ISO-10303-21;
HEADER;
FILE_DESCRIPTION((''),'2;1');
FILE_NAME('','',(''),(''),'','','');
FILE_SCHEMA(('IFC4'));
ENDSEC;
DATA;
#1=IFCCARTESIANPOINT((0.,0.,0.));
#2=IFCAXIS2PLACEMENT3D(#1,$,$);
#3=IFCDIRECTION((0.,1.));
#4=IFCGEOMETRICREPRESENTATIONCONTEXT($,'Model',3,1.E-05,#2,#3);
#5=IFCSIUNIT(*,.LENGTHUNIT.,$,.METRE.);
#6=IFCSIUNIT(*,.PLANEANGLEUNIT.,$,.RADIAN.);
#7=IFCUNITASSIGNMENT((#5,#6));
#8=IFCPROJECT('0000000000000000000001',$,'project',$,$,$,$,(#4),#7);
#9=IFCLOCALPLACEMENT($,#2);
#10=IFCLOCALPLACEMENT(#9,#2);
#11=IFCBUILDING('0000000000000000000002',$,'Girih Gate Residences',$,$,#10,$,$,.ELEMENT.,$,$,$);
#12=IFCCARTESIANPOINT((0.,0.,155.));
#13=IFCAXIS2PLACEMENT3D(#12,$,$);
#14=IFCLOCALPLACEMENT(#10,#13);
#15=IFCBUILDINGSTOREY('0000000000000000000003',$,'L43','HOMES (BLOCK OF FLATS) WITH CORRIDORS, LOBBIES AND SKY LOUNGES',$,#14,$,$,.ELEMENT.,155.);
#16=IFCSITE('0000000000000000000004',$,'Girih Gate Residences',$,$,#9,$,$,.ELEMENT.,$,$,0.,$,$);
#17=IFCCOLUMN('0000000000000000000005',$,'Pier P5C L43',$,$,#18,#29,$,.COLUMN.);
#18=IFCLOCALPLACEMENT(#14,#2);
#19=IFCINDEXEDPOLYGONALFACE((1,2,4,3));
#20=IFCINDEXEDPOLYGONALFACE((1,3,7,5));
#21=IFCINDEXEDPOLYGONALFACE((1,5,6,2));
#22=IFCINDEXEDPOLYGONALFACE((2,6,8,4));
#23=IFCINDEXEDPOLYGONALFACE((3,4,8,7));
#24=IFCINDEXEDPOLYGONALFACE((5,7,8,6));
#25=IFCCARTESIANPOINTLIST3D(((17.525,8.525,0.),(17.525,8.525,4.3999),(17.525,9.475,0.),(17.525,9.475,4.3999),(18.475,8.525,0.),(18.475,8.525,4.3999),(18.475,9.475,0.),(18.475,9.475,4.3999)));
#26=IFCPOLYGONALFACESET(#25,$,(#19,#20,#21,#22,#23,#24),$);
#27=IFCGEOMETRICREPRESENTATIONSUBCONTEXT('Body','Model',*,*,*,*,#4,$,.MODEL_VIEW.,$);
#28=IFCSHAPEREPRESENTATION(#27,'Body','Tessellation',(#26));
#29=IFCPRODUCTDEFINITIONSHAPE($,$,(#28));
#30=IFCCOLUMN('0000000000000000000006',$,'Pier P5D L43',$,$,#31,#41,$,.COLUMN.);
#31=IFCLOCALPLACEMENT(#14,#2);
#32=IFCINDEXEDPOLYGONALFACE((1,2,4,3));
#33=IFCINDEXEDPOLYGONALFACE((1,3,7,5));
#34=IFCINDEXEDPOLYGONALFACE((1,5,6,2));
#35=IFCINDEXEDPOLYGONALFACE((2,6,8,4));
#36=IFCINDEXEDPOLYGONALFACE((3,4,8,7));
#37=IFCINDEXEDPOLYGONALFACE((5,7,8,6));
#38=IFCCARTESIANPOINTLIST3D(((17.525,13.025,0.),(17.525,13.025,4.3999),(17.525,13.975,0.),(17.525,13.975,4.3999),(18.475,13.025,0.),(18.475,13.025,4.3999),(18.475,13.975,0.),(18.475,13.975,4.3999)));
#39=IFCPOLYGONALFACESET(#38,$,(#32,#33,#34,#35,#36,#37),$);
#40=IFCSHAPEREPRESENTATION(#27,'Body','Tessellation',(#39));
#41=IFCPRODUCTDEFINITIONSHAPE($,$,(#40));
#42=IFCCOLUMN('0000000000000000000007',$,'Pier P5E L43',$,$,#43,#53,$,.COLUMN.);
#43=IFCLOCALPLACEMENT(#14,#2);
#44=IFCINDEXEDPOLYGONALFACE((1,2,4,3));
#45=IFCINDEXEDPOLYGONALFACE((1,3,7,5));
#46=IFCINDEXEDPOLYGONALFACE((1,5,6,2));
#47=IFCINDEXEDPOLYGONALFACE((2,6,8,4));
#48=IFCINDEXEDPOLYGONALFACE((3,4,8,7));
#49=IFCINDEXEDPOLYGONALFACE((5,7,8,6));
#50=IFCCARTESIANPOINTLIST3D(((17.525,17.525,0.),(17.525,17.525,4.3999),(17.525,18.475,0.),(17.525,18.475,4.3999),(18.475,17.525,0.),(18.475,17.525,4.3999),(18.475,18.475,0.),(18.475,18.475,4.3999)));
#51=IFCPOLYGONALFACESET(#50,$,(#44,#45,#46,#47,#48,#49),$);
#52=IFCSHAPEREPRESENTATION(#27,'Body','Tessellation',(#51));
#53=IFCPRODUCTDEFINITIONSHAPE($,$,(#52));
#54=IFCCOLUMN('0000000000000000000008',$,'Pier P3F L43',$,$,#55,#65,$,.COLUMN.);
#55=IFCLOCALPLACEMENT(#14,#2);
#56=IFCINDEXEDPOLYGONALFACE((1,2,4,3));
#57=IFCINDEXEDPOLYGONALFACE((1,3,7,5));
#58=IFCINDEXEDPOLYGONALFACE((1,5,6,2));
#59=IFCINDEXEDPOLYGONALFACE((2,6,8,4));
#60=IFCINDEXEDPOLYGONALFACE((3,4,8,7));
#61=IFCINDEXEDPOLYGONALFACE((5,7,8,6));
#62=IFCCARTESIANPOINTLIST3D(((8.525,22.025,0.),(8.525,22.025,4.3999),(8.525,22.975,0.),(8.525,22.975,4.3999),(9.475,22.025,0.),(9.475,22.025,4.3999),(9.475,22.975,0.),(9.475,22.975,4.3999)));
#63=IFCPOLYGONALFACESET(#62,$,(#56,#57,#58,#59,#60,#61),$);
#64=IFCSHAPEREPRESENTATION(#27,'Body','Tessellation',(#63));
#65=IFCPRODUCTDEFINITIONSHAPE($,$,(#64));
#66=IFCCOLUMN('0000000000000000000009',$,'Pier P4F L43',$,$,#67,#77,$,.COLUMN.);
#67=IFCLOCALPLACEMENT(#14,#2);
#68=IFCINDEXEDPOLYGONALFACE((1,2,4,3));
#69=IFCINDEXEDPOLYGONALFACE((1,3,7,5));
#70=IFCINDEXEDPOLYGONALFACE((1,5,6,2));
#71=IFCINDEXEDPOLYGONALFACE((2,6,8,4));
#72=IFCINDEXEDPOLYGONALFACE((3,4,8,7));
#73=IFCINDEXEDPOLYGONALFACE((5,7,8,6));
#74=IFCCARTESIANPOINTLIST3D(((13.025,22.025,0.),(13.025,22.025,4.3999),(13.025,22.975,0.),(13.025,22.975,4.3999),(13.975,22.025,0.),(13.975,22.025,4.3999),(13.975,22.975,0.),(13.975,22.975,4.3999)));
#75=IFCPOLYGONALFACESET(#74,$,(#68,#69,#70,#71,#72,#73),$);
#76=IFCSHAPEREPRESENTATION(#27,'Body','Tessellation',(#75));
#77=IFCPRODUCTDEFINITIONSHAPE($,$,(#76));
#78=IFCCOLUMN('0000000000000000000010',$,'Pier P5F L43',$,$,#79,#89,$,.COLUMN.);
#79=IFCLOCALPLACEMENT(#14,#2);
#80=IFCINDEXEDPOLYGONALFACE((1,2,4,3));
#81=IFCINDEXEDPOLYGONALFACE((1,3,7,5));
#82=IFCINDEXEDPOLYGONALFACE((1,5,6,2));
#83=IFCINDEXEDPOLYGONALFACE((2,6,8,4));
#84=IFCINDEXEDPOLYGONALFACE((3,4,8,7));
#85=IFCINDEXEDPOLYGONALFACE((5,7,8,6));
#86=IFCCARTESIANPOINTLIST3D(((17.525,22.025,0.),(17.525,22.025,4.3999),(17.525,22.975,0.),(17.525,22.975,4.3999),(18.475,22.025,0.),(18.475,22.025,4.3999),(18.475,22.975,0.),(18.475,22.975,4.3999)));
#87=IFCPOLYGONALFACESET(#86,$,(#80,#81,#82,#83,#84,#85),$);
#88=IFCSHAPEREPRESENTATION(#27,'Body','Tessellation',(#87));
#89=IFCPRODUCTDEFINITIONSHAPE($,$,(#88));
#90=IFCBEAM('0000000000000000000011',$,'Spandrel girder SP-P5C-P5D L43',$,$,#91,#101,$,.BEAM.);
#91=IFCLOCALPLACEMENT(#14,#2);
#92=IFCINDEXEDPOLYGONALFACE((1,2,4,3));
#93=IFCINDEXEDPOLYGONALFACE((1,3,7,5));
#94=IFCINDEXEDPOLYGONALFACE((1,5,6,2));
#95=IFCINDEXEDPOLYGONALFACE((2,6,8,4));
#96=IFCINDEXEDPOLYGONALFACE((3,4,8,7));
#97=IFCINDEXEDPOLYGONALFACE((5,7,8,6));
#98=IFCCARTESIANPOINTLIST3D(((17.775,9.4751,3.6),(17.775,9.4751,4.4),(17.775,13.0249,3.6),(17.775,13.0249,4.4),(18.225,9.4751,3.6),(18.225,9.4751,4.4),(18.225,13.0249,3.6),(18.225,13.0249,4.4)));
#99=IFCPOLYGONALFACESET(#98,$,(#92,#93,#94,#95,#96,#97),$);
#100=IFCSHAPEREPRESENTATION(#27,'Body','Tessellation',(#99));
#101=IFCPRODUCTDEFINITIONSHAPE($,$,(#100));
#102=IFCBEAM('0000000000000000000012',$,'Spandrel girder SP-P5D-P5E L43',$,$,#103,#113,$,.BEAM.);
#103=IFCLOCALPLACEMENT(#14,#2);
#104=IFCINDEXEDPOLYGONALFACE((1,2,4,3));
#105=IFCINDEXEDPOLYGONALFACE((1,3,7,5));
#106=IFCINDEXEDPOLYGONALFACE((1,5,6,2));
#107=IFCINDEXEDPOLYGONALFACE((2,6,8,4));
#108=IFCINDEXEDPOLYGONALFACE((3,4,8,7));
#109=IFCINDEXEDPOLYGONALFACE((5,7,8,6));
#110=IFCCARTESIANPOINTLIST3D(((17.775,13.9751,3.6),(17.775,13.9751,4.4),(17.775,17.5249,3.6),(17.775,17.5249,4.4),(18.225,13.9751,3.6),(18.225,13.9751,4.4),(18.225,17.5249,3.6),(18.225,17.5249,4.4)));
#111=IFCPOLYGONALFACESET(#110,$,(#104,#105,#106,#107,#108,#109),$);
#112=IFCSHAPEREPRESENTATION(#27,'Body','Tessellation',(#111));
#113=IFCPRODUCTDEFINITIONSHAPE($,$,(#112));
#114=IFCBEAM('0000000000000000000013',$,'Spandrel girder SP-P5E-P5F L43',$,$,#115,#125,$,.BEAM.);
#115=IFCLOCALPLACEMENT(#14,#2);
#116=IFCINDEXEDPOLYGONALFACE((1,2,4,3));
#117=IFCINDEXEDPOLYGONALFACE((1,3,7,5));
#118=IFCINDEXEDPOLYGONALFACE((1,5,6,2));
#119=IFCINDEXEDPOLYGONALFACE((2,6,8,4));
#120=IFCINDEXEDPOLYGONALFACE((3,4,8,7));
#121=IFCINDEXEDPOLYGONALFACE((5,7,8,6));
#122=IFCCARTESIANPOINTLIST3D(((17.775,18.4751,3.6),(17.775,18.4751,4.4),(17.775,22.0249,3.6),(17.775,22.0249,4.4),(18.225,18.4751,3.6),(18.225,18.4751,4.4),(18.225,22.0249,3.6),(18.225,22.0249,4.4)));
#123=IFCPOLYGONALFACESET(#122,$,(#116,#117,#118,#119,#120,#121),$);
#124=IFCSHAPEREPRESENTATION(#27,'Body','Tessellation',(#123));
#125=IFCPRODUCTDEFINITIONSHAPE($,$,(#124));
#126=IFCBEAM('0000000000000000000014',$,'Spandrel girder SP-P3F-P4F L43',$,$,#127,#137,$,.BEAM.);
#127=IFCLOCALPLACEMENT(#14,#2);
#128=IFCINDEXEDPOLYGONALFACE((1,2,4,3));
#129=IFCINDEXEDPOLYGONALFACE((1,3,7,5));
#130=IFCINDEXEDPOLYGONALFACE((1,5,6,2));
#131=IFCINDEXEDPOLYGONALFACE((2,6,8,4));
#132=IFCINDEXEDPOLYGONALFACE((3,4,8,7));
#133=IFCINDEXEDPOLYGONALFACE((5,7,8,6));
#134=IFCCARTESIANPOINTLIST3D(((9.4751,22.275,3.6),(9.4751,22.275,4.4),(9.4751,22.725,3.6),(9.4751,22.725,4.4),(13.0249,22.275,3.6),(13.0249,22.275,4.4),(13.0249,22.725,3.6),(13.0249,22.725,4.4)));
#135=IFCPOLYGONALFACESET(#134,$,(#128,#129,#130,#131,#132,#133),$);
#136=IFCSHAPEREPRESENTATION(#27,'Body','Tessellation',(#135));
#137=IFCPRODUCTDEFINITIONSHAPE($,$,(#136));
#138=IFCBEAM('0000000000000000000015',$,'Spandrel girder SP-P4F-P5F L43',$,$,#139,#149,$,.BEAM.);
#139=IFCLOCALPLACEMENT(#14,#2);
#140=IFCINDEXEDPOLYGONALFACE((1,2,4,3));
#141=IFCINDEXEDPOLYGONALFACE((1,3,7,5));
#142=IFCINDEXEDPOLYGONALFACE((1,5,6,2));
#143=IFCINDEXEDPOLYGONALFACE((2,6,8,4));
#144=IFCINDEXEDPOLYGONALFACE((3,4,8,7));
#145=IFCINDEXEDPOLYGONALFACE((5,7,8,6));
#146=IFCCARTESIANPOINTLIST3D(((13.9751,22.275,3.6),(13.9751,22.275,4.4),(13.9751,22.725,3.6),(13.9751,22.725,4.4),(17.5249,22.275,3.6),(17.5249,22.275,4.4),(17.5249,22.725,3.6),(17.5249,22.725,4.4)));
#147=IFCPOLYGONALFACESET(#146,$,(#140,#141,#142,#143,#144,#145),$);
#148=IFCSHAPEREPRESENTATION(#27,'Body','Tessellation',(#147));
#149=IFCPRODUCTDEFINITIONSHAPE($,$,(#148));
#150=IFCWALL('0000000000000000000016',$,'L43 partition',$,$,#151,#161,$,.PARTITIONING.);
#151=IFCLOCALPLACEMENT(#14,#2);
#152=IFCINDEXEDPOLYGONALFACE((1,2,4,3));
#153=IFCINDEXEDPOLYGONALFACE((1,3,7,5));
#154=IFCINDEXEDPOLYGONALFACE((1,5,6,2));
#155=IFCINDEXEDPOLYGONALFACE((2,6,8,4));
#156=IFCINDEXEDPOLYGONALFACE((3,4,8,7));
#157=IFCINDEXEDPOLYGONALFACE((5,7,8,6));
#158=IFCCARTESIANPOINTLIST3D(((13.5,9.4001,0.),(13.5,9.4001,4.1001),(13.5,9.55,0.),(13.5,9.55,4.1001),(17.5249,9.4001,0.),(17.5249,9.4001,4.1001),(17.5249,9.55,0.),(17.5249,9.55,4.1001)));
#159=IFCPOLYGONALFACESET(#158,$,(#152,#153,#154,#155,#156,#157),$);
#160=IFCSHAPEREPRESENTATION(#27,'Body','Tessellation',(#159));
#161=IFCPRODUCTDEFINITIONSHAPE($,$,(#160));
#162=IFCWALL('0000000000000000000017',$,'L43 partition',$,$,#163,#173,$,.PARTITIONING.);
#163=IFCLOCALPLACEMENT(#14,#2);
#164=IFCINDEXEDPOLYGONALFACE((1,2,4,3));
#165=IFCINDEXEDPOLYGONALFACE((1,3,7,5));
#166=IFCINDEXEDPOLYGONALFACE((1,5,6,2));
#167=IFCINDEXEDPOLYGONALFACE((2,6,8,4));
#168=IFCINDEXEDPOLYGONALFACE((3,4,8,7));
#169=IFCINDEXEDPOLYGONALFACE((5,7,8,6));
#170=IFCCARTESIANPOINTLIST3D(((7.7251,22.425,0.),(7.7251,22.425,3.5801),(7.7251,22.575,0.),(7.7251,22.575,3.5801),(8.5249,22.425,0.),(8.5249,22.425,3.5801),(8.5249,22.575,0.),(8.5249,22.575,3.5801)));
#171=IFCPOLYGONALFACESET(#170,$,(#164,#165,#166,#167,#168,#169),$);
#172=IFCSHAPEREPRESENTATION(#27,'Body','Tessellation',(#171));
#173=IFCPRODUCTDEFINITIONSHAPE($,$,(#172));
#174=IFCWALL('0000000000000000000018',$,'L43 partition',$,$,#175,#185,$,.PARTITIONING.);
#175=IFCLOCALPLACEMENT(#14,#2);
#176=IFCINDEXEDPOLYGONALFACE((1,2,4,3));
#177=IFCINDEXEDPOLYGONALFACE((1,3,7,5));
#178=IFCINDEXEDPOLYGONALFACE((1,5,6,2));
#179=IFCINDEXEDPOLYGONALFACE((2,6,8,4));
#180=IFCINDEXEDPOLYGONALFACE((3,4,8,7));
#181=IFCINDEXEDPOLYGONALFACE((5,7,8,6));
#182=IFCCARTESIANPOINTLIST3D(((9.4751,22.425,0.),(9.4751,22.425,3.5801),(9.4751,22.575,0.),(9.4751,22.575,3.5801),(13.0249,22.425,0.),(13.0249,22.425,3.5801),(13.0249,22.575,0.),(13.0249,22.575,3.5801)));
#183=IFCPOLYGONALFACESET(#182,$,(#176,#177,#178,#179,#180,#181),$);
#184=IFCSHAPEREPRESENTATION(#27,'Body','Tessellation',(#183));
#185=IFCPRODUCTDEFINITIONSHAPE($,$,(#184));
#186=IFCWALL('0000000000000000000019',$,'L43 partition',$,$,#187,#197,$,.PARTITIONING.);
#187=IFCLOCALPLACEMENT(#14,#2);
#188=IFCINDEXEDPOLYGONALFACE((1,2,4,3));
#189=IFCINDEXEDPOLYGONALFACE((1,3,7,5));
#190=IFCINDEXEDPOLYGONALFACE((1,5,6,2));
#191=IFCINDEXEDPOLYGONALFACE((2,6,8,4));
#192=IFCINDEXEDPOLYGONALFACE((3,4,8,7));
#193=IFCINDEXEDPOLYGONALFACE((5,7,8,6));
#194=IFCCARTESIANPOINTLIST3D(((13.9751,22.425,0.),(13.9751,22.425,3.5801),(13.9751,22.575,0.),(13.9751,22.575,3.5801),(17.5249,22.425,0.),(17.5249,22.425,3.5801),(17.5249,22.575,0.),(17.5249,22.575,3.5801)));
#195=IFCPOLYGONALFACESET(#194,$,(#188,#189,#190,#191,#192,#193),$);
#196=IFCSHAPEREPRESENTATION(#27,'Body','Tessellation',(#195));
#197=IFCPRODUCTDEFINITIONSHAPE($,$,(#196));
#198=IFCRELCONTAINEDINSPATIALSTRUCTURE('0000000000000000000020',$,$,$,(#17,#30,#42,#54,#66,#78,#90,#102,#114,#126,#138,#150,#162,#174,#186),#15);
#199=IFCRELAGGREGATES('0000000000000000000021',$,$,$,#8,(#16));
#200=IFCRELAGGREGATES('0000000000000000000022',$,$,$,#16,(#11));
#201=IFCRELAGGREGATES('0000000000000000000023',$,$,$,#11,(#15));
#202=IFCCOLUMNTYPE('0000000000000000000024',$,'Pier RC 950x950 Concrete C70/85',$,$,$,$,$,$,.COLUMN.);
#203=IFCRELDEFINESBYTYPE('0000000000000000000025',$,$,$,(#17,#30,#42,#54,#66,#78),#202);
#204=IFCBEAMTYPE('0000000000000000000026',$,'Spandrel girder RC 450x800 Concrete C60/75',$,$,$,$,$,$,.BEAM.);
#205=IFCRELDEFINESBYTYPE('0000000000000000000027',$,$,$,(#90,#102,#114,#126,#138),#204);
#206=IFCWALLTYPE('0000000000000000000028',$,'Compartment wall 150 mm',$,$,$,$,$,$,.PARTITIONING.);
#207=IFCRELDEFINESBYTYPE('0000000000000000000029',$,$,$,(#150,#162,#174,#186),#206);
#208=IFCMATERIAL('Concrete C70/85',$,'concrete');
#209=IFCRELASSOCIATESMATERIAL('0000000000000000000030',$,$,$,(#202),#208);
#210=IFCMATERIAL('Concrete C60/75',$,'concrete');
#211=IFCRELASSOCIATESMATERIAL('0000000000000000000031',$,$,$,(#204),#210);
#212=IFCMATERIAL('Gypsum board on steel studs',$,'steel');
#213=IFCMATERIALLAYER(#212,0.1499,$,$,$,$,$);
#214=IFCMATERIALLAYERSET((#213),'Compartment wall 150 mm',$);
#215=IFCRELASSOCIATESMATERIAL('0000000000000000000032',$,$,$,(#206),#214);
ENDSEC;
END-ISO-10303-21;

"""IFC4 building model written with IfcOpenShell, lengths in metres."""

from ifc_helpers import new_model, si_unit, direction, frame, frame_2d, origin, origin_2d, place, context, subcontext, project, spatial, rectangle, extrude, material, layer, layer_set, material_profile, profile_set, type_object, element, save


model = new_model("IFC4")

# Units and contexts
model_context = context("Model", 3, precision=1e-05, world=origin(), true_north=direction((0.0, 1.0)))
body_context = subcontext(model_context, "Body", "Model", "MODEL_VIEW")
ifc_project = project(units=[si_unit("LENGTHUNIT", "METRE"), si_unit("PLANEANGLEUNIT", "RADIAN")], contexts=[model_context])

# Site, building, storey
site_placement = place(None, origin())
site = spatial("IfcSite", under=ifc_project, at=site_placement, Name="Girih Gate Residences", CompositionType="ELEMENT", RefElevation=0.0)
building_placement = place(site_placement, origin())
building = spatial("IfcBuilding", under=site, at=building_placement, Name="Girih Gate Residences", CompositionType="ELEMENT")
storey_placement = place(building_placement, frame((0.0, 0.0, 155.0)))
storey = spatial("IfcBuildingStorey", under=building, at=storey_placement, Name="L43", Description="HOMES (BLOCK OF FLATS) WITH CORRIDORS, LOBBIES AND SKY LOUNGES", CompositionType="ELEMENT", Elevation=155.0)

# Columns
ifc_material_1 = material(Name="Concrete C70/85", Category="concrete")
ifc_material_profile_1 = material_profile(ifc_material_1, rectangle(XDim=0.95, YDim=0.95, at=origin_2d()))
ifc_profile_set_1 = profile_set([ifc_material_profile_1], Name="Concrete C70/85")
column_type = type_object("IfcColumnType", Name="Pier RC 950x950 Concrete C70/85", PredefinedType="COLUMN", material=ifc_profile_set_1)
for number, where, z_axis, x_axis, name in (
    (1, (18.0, 9.0, 0.0), (0.0, 0.0, 1.0), (1.0, 0.0, 0.0), "Pier P5C L43"),
    (2, (18.0, 13.5, 0.0), (0.0, 0.0, 1.0), (1.0, 0.0, 0.0), "Pier P5D L43"),
    (3, (18.0, 18.0, 0.0), (0.0, 0.0, 1.0), (1.0, 0.0, 0.0), "Pier P5E L43"),
    (4, (9.0, 22.5, 0.0), (0.0, 0.0, 1.0), (1.0, 0.0, 0.0), "Pier P3F L43"),
    (5, (13.5, 22.5, 0.0), (0.0, 0.0, 1.0), (1.0, 0.0, 0.0), "Pier P4F L43"),
    (6, (18.0, 22.5, 0.0), (0.0, 0.0, 1.0), (1.0, 0.0, 0.0), "Pier P5F L43"),
):
    element("IfcColumn", number, at=place(storey_placement, frame(where, z_axis=z_axis, x_axis=x_axis)), inside=storey, type_object=column_type, Name=name, PredefinedType="COLUMN", context=body_context, shape_type="SweptSolid", body=[
        extrude(rectangle(XDim=0.95, YDim=0.95, at=origin_2d()), origin(), (0.0, 0.0, 1.0), 4.3999),
    ])

# Beams
ifc_material_2 = material(Name="Concrete C60/75", Category="concrete")
ifc_material_profile_2 = material_profile(ifc_material_2, rectangle(XDim=0.45, YDim=0.8, at=origin_2d()))
ifc_profile_set_2 = profile_set([ifc_material_profile_2], Name="Concrete C60/75")
beam_type = type_object("IfcBeamType", Name="Spandrel girder RC 450x800 Concrete C60/75", PredefinedType="BEAM", material=ifc_profile_set_2)
for number, where, z_axis, x_axis, name in (
    (7, (18.0, 9.4751, 4.0), (0.0, 1.0, 0.0), (-1.0, 0.0, 0.0), "Spandrel girder SP-P5C-P5D L43"),
    (8, (18.0, 13.9751, 4.0), (0.0, 1.0, 0.0), (-1.0, 0.0, 0.0), "Spandrel girder SP-P5D-P5E L43"),
    (9, (18.0, 18.4751, 4.0), (0.0, 1.0, 0.0), (-1.0, 0.0, 0.0), "Spandrel girder SP-P5E-P5F L43"),
    (10, (9.4751, 22.5, 4.0), (1.0, 0.0, 0.0), (0.0, 1.0, 0.0), "Spandrel girder SP-P3F-P4F L43"),
    (11, (13.9751, 22.5, 4.0), (1.0, 0.0, 0.0), (0.0, 1.0, 0.0), "Spandrel girder SP-P4F-P5F L43"),
):
    element("IfcBeam", number, at=place(storey_placement, frame(where, z_axis=z_axis, x_axis=x_axis)), inside=storey, type_object=beam_type, Name=name, PredefinedType="BEAM", context=body_context, shape_type="SweptSolid", body=[
        extrude(rectangle(XDim=0.45, YDim=0.8, at=origin_2d()), origin(), (0.0, 0.0, 1.0), 3.5498),
    ])

# Wall
ifc_material_3 = material(Name="Gypsum board on steel studs", Category="steel")
ifc_layer_1 = layer(ifc_material_3, 0.1499)
ifc_layer_set_1 = layer_set([ifc_layer_1], Name="Compartment wall 150 mm")
wall_type_1 = type_object("IfcWallType", Name="Compartment wall 150 mm", PredefinedType="PARTITIONING", material=ifc_layer_set_1)
wall_1_placement = place(storey_placement, frame((13.5, 9.4751, 0.0), z_axis=(0.0, 0.0, 1.0), x_axis=(1.0, 0.0, 0.0)))
element("IfcWall", 12, at=wall_1_placement, inside=storey, type_object=wall_type_1, Name="L43 partition", PredefinedType="PARTITIONING", context=body_context, shape_type="SweptSolid", body=[
    extrude(rectangle(XDim=4.0249, YDim=0.1499, at=frame_2d((2.0125, 0.0))), origin(), (0.0, 0.0, 1.0), 4.1001),
])

# Walls
wall_2_placement = place(storey_placement, frame((7.7251, 22.5, 0.0), z_axis=(0.0, 0.0, 1.0), x_axis=(1.0, 0.0, 0.0)))
element("IfcWall", 13, at=wall_2_placement, inside=storey, type_object=wall_type_1, Name="L43 partition", PredefinedType="PARTITIONING", context=body_context, shape_type="SweptSolid", body=[
    extrude(rectangle(XDim=0.7998, YDim=0.1499, at=frame_2d((0.3999, 0.0))), origin(), (0.0, 0.0, 1.0), 3.5801),
])
for number, where, z_axis, x_axis, name in (
    (14, (9.4751, 22.5, 0.0), (0.0, 0.0, 1.0), (1.0, 0.0, 0.0), "L43 partition"),
    (15, (13.9751, 22.5, 0.0), (0.0, 0.0, 1.0), (1.0, 0.0, 0.0), "L43 partition"),
):
    element("IfcWall", number, at=place(storey_placement, frame(where, z_axis=z_axis, x_axis=x_axis)), inside=storey, type_object=wall_type_1, Name=name, PredefinedType="PARTITIONING", context=body_context, shape_type="SweptSolid", body=[
        extrude(rectangle(XDim=3.5498, YDim=0.1499, at=frame_2d((1.7749, 0.0))), origin(), (0.0, 0.0, 1.0), 3.5801),
    ])

save(model, "model.ifc")
